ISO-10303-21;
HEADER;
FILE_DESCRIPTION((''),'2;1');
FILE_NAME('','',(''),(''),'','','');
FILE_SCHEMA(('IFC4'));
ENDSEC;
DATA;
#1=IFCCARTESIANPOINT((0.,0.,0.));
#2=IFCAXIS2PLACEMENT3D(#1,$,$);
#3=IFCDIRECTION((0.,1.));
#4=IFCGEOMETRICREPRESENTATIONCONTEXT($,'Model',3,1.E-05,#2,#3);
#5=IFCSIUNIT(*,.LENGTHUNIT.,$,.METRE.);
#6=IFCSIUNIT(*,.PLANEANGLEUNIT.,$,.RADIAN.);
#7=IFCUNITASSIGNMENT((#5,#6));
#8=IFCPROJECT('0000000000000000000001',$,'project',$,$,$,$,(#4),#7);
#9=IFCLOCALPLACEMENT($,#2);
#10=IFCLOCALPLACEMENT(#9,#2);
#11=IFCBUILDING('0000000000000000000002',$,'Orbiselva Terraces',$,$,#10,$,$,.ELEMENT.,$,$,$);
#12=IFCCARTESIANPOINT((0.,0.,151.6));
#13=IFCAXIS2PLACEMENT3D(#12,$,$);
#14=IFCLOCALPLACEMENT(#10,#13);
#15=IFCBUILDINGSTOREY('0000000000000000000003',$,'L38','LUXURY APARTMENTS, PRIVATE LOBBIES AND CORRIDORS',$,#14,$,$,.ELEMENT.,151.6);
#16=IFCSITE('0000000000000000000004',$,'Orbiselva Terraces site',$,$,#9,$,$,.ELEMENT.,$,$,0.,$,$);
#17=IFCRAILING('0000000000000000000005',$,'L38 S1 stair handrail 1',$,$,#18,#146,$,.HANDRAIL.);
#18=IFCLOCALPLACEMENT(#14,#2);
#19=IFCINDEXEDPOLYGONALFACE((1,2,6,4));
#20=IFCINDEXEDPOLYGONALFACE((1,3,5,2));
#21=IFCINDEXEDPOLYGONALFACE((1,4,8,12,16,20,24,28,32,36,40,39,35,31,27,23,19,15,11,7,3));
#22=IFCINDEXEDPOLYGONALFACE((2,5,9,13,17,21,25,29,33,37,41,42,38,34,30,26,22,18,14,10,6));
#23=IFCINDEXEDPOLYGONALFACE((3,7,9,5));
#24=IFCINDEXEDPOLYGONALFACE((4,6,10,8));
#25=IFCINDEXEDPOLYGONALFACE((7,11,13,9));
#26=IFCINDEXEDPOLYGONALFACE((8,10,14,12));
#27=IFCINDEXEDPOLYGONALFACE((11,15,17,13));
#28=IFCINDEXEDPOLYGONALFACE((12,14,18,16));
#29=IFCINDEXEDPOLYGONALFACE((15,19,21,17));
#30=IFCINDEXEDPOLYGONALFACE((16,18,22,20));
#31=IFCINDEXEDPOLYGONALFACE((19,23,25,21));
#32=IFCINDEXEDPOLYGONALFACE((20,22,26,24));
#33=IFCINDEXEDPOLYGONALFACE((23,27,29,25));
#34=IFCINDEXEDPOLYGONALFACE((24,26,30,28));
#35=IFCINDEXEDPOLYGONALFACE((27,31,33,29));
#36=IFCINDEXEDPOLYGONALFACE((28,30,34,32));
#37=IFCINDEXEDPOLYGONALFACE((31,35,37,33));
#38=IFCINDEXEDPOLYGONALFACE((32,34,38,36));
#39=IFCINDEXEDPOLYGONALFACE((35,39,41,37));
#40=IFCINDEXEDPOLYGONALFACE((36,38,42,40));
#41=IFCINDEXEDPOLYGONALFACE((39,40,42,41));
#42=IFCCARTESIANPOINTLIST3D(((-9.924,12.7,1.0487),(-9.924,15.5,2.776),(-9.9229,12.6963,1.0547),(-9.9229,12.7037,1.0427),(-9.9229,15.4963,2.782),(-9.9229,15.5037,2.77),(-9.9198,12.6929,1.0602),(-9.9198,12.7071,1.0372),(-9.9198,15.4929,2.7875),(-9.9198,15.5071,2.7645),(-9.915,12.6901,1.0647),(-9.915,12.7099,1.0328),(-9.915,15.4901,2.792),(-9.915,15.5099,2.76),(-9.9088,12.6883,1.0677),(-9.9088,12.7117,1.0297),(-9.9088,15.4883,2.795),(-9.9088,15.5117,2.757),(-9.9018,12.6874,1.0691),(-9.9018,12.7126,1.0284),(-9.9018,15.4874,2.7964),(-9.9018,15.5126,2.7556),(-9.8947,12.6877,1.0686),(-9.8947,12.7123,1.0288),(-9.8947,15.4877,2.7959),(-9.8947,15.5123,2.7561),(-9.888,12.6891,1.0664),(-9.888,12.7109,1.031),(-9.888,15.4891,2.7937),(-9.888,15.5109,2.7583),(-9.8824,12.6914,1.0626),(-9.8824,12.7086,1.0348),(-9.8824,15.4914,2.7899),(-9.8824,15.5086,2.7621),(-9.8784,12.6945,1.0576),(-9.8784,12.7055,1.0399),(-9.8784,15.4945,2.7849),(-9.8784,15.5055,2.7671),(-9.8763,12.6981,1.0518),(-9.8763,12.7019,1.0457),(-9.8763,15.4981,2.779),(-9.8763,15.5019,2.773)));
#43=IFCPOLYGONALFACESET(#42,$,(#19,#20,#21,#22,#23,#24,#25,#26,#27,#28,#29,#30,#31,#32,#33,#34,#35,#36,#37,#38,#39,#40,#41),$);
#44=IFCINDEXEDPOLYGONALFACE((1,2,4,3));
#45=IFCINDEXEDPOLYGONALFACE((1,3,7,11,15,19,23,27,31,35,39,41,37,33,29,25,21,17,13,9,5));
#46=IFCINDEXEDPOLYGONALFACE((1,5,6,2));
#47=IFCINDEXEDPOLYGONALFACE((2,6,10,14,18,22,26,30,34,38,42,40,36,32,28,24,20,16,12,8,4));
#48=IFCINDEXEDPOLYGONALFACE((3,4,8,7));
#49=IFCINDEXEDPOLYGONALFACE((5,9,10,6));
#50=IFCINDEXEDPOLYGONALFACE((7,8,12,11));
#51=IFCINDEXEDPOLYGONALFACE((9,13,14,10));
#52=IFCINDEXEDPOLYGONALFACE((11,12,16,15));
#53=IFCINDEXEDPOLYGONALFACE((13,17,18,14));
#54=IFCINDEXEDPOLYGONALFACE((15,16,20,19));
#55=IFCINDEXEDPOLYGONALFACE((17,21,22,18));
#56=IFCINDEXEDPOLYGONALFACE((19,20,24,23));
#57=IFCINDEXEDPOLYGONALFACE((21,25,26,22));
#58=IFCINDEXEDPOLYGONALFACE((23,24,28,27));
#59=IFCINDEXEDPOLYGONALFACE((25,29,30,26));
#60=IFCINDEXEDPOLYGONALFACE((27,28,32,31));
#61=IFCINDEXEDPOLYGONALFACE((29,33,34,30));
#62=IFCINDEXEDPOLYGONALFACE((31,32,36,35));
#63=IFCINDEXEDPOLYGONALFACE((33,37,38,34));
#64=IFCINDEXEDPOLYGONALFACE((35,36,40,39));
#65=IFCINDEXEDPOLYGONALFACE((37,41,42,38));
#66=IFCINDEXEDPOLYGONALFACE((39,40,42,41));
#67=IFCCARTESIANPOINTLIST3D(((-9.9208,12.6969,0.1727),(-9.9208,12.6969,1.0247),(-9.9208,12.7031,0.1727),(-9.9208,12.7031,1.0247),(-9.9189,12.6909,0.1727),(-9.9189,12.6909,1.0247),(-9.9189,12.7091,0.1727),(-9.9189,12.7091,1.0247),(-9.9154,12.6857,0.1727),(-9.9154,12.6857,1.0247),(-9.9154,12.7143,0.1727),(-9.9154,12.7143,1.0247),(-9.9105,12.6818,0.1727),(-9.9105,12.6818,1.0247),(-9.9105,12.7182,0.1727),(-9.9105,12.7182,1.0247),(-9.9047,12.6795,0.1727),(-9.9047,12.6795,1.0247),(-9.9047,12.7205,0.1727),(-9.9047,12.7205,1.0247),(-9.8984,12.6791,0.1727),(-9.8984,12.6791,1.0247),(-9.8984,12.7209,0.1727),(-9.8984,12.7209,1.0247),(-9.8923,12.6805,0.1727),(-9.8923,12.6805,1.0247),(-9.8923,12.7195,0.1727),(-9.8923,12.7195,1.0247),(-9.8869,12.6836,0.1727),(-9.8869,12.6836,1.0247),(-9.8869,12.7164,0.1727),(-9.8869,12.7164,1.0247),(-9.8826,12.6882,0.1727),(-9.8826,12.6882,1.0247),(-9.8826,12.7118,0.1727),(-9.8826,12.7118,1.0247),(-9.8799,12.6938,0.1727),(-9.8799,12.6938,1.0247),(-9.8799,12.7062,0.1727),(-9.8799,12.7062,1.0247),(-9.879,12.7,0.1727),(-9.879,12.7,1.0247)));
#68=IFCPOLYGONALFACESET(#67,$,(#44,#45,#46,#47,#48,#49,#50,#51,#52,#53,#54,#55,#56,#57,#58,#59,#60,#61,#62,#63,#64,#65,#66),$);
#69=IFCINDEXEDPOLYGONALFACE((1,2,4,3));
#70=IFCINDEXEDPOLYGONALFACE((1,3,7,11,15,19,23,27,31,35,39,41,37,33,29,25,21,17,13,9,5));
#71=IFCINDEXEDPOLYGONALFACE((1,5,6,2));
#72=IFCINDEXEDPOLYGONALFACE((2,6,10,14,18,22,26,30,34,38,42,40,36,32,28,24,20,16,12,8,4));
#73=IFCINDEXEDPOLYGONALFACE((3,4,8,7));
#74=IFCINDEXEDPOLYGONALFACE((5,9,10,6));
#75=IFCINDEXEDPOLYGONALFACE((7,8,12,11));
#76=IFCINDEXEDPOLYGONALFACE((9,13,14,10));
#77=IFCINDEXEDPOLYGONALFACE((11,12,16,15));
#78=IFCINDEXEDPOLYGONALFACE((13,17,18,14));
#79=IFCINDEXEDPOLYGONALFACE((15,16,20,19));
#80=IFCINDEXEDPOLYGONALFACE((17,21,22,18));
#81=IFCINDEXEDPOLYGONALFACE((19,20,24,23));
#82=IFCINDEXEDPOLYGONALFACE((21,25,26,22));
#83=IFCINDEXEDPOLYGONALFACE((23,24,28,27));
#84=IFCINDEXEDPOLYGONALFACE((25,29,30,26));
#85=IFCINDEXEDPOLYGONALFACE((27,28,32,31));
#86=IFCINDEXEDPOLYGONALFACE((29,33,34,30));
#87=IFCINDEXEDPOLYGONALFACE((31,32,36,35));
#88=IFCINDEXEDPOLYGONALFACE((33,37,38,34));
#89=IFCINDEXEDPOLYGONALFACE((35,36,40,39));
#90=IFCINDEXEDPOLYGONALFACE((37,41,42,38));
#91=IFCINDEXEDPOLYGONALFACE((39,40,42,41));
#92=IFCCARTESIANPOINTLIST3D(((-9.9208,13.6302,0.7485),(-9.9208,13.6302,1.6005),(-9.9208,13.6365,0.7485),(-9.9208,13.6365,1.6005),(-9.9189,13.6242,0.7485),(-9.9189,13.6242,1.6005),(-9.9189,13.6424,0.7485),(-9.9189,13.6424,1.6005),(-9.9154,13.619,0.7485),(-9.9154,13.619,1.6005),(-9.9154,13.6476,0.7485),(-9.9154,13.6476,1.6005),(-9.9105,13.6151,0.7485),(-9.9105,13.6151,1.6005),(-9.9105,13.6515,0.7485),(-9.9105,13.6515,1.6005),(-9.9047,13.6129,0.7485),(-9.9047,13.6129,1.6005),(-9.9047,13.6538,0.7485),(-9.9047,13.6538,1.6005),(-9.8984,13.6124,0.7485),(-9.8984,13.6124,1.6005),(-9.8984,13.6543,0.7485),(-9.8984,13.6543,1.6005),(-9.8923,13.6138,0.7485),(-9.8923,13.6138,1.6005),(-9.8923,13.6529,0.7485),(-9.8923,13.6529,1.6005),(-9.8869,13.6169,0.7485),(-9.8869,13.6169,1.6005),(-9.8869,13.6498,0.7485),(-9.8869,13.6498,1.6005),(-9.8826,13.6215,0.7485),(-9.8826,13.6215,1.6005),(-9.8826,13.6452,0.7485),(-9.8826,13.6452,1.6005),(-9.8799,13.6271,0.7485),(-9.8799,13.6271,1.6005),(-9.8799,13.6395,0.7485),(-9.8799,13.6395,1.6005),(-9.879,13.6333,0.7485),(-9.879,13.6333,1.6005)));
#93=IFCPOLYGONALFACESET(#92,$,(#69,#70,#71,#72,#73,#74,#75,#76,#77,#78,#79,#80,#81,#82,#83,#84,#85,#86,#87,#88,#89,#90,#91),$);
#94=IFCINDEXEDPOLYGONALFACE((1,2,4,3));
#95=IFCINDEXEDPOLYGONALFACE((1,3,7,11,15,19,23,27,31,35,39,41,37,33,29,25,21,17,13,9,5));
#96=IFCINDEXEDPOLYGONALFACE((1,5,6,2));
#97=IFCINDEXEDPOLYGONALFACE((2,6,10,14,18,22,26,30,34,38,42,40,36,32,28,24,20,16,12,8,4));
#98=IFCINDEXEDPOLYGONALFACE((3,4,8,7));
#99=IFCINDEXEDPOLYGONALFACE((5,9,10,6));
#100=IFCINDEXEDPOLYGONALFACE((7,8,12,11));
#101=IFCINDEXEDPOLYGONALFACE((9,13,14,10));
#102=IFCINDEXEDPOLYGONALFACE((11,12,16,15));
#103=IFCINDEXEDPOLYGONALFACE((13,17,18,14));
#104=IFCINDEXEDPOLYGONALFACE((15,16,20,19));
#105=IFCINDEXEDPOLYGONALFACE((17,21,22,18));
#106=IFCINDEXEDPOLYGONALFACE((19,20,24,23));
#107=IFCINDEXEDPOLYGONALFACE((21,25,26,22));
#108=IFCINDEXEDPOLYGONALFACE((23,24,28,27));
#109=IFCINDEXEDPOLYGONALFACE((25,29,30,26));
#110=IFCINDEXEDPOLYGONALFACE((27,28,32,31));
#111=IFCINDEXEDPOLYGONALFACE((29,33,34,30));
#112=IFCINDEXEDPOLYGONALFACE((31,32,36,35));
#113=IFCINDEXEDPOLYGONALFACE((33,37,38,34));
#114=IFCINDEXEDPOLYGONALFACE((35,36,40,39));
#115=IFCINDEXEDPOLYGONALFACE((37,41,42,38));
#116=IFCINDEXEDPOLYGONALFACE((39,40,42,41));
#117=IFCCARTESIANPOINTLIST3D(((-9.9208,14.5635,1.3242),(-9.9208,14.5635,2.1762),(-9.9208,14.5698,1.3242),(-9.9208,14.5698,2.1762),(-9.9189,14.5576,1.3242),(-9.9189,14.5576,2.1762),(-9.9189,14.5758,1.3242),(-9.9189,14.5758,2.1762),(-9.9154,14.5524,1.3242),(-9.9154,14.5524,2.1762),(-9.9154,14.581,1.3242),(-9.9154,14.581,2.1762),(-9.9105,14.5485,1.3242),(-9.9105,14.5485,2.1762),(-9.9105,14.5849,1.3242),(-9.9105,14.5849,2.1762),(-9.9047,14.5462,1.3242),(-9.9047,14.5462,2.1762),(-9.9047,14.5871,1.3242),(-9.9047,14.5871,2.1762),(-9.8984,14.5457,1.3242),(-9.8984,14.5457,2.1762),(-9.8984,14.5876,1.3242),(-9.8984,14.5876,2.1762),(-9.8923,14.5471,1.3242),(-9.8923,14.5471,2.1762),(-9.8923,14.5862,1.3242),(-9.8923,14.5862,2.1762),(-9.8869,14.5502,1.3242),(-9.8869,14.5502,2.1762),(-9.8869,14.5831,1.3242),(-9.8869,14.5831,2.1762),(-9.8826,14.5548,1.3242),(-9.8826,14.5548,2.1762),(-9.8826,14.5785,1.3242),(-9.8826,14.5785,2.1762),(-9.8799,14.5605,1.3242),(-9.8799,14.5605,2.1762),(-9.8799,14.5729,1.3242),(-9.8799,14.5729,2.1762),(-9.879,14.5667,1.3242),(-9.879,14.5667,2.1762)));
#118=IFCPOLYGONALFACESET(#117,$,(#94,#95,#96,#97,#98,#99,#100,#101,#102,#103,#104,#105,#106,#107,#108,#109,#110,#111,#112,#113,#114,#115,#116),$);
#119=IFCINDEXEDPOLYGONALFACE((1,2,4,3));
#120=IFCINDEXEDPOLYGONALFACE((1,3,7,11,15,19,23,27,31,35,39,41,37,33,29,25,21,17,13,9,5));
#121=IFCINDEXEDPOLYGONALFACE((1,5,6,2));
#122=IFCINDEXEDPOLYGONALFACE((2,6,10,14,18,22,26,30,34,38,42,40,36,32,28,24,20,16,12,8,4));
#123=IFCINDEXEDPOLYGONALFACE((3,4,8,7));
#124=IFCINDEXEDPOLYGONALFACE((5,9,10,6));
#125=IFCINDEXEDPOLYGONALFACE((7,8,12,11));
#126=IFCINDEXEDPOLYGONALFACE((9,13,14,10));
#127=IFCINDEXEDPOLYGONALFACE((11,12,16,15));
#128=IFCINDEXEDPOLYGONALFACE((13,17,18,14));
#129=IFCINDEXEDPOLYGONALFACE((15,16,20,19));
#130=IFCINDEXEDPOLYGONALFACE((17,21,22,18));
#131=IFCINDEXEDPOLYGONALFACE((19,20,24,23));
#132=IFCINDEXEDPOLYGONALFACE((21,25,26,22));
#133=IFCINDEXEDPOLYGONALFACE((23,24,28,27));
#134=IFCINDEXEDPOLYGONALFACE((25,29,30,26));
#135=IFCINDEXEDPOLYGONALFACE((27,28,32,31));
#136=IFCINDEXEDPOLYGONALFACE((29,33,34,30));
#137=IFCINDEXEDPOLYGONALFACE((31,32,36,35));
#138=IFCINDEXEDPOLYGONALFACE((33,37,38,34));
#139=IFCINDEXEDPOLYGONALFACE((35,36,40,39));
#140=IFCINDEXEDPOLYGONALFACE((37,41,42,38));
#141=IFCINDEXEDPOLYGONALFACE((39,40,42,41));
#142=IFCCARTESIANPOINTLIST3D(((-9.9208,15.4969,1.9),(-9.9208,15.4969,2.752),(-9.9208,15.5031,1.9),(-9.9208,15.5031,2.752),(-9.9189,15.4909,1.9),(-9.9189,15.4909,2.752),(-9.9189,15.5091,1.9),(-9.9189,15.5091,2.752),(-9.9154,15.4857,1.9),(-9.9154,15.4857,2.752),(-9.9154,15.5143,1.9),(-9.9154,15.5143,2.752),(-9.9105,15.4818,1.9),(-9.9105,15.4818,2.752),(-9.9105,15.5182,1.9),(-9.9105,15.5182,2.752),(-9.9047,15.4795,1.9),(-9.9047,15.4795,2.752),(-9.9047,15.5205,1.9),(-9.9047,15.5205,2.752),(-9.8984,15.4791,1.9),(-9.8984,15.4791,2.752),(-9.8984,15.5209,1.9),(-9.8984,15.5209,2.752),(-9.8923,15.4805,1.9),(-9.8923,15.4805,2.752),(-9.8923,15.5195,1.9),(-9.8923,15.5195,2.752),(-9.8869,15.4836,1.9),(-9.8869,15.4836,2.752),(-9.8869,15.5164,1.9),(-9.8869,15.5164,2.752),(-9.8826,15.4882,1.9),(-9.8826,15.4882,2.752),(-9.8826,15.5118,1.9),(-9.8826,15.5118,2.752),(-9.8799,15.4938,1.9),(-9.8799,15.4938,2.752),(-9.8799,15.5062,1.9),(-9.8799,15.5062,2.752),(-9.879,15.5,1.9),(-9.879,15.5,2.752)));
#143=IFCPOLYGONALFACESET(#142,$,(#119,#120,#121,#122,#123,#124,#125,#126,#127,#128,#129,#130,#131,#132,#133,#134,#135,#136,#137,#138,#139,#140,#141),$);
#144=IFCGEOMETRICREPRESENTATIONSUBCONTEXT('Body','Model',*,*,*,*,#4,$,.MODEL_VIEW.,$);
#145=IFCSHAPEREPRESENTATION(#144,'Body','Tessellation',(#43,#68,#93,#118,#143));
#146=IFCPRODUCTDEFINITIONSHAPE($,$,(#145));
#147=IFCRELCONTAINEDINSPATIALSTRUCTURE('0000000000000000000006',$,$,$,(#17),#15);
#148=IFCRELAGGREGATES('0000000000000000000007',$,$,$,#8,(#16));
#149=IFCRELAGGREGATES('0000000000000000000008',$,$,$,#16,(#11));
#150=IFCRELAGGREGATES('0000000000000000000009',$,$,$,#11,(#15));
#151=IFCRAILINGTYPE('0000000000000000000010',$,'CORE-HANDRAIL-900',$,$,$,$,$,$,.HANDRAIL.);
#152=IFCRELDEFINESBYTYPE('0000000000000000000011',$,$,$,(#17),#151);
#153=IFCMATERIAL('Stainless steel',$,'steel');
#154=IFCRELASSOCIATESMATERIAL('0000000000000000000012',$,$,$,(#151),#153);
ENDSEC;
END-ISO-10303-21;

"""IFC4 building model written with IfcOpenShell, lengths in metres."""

from ifc_helpers import new_model, si_unit, direction, frame, origin, origin_2d, place, context, subcontext, project, spatial, circle, extrude, material, type_object, element, save


model = new_model("IFC4")

# Units and contexts
model_context = context("Model", 3, precision=1e-05, world=origin(), true_north=direction((0.0, 1.0)))
body_context = subcontext(model_context, "Body", "Model", "MODEL_VIEW")
ifc_project = project(units=[si_unit("LENGTHUNIT", "METRE"), si_unit("PLANEANGLEUNIT", "RADIAN")], contexts=[model_context])

# Site, building, storey
site_placement = place(None, origin())
site = spatial("IfcSite", under=ifc_project, at=site_placement, Name="Orbiselva Terraces site", CompositionType="ELEMENT", RefElevation=0.0)
building_placement = place(site_placement, origin())
building = spatial("IfcBuilding", under=site, at=building_placement, Name="Orbiselva Terraces", CompositionType="ELEMENT")
storey_placement = place(building_placement, frame((0.0, 0.0, 151.6)))
storey = spatial("IfcBuildingStorey", under=building, at=storey_placement, Name="L38", Description="LUXURY APARTMENTS, PRIVATE LOBBIES AND CORRIDORS", CompositionType="ELEMENT", Elevation=151.6)

# Railing
ifc_material_1 = material(Name="Stainless steel", Category="steel")
railing_type = type_object("IfcRailingType", Name="CORE-HANDRAIL-900", PredefinedType="HANDRAIL", material=ifc_material_1)
railing_placement = place(storey_placement, frame((-9.9, 12.7, 0.1727)))
element("IfcRailing", 1, at=railing_placement, inside=storey, type_object=railing_type, Name="L38 S1 stair handrail 1", PredefinedType="HANDRAIL", context=body_context, shape_type="SweptSolid", body=[
    extrude(circle(Radius=0.024, at=origin_2d()), frame((0.0, 0.0, 0.876), z_axis=(0.0, 0.851089, 0.525022), x_axis=(-1.0, 0.0, 0.0)), (0.0, 0.0, 1.0), 3.2899),
    extrude(circle(Radius=0.021, at=origin_2d()), origin(), (0.0, 0.0, 1.0), 0.852),
    extrude(circle(Radius=0.021, at=origin_2d()), frame((0.0, 0.9333, 0.5758)), (0.0, 0.0, 1.0), 0.852),
    extrude(circle(Radius=0.021, at=origin_2d()), frame((0.0, 1.8667, 1.1515)), (0.0, 0.0, 1.0), 0.852),
    extrude(circle(Radius=0.021, at=origin_2d()), frame((0.0, 2.8, 1.7273)), (0.0, 0.0, 1.0), 0.852),
])

save(model, "model.ifc")
